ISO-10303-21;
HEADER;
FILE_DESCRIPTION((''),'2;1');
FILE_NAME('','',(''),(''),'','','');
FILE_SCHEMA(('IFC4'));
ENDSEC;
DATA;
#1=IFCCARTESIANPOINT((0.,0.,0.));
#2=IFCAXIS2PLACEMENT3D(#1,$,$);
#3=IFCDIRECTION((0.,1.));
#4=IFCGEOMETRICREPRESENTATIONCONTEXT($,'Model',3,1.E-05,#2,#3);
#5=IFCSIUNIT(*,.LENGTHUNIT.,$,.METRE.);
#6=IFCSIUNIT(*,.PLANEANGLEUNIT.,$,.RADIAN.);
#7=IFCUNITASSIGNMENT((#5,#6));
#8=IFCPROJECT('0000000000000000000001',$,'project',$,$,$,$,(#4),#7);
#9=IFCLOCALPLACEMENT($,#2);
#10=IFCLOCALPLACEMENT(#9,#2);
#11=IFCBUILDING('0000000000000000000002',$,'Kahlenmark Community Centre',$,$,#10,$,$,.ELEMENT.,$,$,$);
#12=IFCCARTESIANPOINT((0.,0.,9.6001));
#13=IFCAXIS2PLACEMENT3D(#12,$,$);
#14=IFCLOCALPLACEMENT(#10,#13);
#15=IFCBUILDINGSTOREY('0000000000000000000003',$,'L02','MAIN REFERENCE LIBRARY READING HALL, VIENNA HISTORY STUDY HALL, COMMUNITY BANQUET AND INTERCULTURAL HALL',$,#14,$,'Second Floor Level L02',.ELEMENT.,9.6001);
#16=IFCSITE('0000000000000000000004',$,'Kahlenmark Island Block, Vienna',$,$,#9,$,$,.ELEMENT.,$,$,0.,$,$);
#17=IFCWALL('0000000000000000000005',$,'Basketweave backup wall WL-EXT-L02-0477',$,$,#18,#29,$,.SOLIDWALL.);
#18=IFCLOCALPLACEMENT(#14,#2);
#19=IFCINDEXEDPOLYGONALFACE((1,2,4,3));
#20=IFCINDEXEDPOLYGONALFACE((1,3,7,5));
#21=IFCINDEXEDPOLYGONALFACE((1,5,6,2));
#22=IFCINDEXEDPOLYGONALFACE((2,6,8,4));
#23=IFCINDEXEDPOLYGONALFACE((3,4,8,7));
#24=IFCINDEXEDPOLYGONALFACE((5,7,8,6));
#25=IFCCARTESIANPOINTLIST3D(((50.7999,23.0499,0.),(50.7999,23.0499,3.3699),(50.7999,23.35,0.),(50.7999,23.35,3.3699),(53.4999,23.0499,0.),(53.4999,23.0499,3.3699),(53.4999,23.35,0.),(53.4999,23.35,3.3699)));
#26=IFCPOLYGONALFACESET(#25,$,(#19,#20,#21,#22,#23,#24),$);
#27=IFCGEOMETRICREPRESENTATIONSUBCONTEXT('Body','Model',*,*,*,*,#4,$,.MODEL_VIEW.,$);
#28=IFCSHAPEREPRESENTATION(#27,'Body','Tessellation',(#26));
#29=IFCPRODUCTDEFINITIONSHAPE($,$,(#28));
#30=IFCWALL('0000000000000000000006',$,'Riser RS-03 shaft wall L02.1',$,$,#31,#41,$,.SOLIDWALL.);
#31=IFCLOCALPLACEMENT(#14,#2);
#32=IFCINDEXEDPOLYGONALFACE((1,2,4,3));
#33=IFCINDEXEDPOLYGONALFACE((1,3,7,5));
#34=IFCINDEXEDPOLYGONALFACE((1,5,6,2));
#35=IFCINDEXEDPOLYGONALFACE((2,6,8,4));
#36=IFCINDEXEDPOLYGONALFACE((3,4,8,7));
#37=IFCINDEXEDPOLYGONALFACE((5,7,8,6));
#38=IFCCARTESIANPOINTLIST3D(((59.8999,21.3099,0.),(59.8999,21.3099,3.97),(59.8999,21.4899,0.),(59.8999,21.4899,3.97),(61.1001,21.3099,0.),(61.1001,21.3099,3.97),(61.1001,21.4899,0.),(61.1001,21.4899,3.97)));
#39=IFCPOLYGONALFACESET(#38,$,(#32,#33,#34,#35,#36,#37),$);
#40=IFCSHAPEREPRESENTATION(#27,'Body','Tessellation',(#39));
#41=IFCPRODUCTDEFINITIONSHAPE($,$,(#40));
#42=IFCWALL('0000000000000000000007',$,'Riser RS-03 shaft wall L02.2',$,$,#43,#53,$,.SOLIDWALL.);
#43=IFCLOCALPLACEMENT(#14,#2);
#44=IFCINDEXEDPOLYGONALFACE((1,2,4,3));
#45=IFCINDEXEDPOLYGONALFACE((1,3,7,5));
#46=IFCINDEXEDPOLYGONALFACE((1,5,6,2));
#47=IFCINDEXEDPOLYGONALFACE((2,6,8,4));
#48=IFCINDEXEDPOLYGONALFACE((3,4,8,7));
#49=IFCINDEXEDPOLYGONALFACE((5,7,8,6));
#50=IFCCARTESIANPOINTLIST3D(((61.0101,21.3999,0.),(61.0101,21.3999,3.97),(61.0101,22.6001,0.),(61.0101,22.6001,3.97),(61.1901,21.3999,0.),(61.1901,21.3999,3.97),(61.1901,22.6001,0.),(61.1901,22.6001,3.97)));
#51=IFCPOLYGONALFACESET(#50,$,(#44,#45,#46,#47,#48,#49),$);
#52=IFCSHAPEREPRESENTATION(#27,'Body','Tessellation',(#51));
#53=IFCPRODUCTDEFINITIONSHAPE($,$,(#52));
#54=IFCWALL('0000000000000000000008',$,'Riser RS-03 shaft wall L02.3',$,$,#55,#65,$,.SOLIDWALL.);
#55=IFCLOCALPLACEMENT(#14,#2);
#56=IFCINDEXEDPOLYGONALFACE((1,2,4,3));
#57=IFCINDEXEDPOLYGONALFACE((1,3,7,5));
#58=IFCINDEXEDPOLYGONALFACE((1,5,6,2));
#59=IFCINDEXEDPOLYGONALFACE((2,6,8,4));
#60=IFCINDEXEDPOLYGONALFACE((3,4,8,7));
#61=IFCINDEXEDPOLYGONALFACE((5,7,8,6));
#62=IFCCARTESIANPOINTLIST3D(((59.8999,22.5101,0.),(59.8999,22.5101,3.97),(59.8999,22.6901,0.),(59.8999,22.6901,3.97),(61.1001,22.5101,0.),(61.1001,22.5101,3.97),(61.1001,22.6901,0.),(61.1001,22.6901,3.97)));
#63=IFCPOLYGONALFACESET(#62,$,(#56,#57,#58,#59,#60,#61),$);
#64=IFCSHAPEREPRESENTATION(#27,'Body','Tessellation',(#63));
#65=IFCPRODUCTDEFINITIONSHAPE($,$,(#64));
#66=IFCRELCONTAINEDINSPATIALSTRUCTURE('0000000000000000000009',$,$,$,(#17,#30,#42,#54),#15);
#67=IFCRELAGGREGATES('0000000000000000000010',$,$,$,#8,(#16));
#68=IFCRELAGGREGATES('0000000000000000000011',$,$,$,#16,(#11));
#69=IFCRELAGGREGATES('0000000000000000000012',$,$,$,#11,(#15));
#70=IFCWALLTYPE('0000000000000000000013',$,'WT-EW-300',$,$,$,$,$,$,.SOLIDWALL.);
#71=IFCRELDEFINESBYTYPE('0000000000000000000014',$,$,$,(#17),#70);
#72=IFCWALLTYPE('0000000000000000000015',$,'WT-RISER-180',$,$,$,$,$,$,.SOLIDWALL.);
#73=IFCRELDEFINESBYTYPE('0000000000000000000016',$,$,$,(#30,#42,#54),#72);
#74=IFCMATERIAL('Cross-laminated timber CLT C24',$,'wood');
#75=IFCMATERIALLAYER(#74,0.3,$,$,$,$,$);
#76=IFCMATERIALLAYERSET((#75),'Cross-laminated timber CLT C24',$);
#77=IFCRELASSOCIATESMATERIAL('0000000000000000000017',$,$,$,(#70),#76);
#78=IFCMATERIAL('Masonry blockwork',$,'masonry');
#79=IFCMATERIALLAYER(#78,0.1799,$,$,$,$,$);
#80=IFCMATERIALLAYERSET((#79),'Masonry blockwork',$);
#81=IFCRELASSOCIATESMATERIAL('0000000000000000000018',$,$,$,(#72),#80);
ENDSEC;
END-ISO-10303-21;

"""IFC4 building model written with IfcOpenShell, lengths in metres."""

from ifc_helpers import new_model, si_unit, direction, frame, frame_2d, origin, place, context, subcontext, project, spatial, rectangle, extrude, material, layer, layer_set, type_object, element, save


model = new_model("IFC4")

# Units and contexts
model_context = context("Model", 3, precision=1e-05, world=origin(), true_north=direction((0.0, 1.0)))
body_context = subcontext(model_context, "Body", "Model", "MODEL_VIEW")
ifc_project = project(units=[si_unit("LENGTHUNIT", "METRE"), si_unit("PLANEANGLEUNIT", "RADIAN")], contexts=[model_context])

# Site, building, storey
site_placement = place(None, origin())
site = spatial("IfcSite", under=ifc_project, at=site_placement, Name="Kahlenmark Island Block, Vienna", CompositionType="ELEMENT", RefElevation=0.0)
building_placement = place(site_placement, origin())
building = spatial("IfcBuilding", under=site, at=building_placement, Name="Kahlenmark Community Centre", CompositionType="ELEMENT")
storey_placement = place(building_placement, frame((0.0, 0.0, 9.6001)))
storey = spatial("IfcBuildingStorey", under=building, at=storey_placement, Name="L02", Description="MAIN REFERENCE LIBRARY READING HALL, VIENNA HISTORY STUDY HALL, COMMUNITY BANQUET AND INTERCULTURAL HALL", LongName="Second Floor Level L02", CompositionType="ELEMENT", Elevation=9.6001)

# Walls
ifc_material_1 = material(Name="Cross-laminated timber CLT C24", Category="wood")
ifc_layer_1 = layer(ifc_material_1, 0.3)
ifc_layer_set_1 = layer_set([ifc_layer_1], Name="Cross-laminated timber CLT C24")
wall_type_1 = type_object("IfcWallType", Name="WT-EW-300", PredefinedType="SOLIDWALL", material=ifc_layer_set_1)
wall_1_placement = place(storey_placement, frame((53.5, 23.2, 0.0), z_axis=(0.0, 0.0, 1.0), x_axis=(-1.0, 0.0, 0.0)))
element("IfcWall", 1, at=wall_1_placement, inside=storey, type_object=wall_type_1, Name="Basketweave backup wall WL-EXT-L02-0477", PredefinedType="SOLIDWALL", context=body_context, shape_type="SweptSolid", body=[
    extrude(rectangle(XDim=2.7, YDim=0.3, at=frame_2d((1.3501, 0.0))), origin(), (0.0, 0.0, 1.0), 3.3699),
])
ifc_material_2 = material(Name="Masonry blockwork", Category="masonry")
ifc_layer_2 = layer(ifc_material_2, 0.1799)
ifc_layer_set_2 = layer_set([ifc_layer_2], Name="Masonry blockwork")
wall_type_2 = type_object("IfcWallType", Name="WT-RISER-180", PredefinedType="SOLIDWALL", material=ifc_layer_set_2)
for number, where, z_axis, x_axis, name in (
    (2, (59.8999, 21.3999, 0.0), (0.0, 0.0, 1.0), (1.0, 0.0, 0.0), "Riser RS-03 shaft wall L02.1"),
    (3, (61.1001, 21.3999, 0.0), (0.0, 0.0, 1.0), (0.0, 1.0, 0.0), "Riser RS-03 shaft wall L02.2"),
    (4, (61.1001, 22.6001, 0.0), (0.0, 0.0, 1.0), (-1.0, 0.0, 0.0), "Riser RS-03 shaft wall L02.3"),
):
    element("IfcWall", number, at=place(storey_placement, frame(where, z_axis=z_axis, x_axis=x_axis)), inside=storey, type_object=wall_type_2, Name=name, PredefinedType="SOLIDWALL", context=body_context, shape_type="SweptSolid", body=[
        extrude(rectangle(XDim=1.2002, YDim=0.1799, at=frame_2d((0.6001, 0.0))), origin(), (0.0, 0.0, 1.0), 3.97),
    ])

save(model, "model.ifc")
